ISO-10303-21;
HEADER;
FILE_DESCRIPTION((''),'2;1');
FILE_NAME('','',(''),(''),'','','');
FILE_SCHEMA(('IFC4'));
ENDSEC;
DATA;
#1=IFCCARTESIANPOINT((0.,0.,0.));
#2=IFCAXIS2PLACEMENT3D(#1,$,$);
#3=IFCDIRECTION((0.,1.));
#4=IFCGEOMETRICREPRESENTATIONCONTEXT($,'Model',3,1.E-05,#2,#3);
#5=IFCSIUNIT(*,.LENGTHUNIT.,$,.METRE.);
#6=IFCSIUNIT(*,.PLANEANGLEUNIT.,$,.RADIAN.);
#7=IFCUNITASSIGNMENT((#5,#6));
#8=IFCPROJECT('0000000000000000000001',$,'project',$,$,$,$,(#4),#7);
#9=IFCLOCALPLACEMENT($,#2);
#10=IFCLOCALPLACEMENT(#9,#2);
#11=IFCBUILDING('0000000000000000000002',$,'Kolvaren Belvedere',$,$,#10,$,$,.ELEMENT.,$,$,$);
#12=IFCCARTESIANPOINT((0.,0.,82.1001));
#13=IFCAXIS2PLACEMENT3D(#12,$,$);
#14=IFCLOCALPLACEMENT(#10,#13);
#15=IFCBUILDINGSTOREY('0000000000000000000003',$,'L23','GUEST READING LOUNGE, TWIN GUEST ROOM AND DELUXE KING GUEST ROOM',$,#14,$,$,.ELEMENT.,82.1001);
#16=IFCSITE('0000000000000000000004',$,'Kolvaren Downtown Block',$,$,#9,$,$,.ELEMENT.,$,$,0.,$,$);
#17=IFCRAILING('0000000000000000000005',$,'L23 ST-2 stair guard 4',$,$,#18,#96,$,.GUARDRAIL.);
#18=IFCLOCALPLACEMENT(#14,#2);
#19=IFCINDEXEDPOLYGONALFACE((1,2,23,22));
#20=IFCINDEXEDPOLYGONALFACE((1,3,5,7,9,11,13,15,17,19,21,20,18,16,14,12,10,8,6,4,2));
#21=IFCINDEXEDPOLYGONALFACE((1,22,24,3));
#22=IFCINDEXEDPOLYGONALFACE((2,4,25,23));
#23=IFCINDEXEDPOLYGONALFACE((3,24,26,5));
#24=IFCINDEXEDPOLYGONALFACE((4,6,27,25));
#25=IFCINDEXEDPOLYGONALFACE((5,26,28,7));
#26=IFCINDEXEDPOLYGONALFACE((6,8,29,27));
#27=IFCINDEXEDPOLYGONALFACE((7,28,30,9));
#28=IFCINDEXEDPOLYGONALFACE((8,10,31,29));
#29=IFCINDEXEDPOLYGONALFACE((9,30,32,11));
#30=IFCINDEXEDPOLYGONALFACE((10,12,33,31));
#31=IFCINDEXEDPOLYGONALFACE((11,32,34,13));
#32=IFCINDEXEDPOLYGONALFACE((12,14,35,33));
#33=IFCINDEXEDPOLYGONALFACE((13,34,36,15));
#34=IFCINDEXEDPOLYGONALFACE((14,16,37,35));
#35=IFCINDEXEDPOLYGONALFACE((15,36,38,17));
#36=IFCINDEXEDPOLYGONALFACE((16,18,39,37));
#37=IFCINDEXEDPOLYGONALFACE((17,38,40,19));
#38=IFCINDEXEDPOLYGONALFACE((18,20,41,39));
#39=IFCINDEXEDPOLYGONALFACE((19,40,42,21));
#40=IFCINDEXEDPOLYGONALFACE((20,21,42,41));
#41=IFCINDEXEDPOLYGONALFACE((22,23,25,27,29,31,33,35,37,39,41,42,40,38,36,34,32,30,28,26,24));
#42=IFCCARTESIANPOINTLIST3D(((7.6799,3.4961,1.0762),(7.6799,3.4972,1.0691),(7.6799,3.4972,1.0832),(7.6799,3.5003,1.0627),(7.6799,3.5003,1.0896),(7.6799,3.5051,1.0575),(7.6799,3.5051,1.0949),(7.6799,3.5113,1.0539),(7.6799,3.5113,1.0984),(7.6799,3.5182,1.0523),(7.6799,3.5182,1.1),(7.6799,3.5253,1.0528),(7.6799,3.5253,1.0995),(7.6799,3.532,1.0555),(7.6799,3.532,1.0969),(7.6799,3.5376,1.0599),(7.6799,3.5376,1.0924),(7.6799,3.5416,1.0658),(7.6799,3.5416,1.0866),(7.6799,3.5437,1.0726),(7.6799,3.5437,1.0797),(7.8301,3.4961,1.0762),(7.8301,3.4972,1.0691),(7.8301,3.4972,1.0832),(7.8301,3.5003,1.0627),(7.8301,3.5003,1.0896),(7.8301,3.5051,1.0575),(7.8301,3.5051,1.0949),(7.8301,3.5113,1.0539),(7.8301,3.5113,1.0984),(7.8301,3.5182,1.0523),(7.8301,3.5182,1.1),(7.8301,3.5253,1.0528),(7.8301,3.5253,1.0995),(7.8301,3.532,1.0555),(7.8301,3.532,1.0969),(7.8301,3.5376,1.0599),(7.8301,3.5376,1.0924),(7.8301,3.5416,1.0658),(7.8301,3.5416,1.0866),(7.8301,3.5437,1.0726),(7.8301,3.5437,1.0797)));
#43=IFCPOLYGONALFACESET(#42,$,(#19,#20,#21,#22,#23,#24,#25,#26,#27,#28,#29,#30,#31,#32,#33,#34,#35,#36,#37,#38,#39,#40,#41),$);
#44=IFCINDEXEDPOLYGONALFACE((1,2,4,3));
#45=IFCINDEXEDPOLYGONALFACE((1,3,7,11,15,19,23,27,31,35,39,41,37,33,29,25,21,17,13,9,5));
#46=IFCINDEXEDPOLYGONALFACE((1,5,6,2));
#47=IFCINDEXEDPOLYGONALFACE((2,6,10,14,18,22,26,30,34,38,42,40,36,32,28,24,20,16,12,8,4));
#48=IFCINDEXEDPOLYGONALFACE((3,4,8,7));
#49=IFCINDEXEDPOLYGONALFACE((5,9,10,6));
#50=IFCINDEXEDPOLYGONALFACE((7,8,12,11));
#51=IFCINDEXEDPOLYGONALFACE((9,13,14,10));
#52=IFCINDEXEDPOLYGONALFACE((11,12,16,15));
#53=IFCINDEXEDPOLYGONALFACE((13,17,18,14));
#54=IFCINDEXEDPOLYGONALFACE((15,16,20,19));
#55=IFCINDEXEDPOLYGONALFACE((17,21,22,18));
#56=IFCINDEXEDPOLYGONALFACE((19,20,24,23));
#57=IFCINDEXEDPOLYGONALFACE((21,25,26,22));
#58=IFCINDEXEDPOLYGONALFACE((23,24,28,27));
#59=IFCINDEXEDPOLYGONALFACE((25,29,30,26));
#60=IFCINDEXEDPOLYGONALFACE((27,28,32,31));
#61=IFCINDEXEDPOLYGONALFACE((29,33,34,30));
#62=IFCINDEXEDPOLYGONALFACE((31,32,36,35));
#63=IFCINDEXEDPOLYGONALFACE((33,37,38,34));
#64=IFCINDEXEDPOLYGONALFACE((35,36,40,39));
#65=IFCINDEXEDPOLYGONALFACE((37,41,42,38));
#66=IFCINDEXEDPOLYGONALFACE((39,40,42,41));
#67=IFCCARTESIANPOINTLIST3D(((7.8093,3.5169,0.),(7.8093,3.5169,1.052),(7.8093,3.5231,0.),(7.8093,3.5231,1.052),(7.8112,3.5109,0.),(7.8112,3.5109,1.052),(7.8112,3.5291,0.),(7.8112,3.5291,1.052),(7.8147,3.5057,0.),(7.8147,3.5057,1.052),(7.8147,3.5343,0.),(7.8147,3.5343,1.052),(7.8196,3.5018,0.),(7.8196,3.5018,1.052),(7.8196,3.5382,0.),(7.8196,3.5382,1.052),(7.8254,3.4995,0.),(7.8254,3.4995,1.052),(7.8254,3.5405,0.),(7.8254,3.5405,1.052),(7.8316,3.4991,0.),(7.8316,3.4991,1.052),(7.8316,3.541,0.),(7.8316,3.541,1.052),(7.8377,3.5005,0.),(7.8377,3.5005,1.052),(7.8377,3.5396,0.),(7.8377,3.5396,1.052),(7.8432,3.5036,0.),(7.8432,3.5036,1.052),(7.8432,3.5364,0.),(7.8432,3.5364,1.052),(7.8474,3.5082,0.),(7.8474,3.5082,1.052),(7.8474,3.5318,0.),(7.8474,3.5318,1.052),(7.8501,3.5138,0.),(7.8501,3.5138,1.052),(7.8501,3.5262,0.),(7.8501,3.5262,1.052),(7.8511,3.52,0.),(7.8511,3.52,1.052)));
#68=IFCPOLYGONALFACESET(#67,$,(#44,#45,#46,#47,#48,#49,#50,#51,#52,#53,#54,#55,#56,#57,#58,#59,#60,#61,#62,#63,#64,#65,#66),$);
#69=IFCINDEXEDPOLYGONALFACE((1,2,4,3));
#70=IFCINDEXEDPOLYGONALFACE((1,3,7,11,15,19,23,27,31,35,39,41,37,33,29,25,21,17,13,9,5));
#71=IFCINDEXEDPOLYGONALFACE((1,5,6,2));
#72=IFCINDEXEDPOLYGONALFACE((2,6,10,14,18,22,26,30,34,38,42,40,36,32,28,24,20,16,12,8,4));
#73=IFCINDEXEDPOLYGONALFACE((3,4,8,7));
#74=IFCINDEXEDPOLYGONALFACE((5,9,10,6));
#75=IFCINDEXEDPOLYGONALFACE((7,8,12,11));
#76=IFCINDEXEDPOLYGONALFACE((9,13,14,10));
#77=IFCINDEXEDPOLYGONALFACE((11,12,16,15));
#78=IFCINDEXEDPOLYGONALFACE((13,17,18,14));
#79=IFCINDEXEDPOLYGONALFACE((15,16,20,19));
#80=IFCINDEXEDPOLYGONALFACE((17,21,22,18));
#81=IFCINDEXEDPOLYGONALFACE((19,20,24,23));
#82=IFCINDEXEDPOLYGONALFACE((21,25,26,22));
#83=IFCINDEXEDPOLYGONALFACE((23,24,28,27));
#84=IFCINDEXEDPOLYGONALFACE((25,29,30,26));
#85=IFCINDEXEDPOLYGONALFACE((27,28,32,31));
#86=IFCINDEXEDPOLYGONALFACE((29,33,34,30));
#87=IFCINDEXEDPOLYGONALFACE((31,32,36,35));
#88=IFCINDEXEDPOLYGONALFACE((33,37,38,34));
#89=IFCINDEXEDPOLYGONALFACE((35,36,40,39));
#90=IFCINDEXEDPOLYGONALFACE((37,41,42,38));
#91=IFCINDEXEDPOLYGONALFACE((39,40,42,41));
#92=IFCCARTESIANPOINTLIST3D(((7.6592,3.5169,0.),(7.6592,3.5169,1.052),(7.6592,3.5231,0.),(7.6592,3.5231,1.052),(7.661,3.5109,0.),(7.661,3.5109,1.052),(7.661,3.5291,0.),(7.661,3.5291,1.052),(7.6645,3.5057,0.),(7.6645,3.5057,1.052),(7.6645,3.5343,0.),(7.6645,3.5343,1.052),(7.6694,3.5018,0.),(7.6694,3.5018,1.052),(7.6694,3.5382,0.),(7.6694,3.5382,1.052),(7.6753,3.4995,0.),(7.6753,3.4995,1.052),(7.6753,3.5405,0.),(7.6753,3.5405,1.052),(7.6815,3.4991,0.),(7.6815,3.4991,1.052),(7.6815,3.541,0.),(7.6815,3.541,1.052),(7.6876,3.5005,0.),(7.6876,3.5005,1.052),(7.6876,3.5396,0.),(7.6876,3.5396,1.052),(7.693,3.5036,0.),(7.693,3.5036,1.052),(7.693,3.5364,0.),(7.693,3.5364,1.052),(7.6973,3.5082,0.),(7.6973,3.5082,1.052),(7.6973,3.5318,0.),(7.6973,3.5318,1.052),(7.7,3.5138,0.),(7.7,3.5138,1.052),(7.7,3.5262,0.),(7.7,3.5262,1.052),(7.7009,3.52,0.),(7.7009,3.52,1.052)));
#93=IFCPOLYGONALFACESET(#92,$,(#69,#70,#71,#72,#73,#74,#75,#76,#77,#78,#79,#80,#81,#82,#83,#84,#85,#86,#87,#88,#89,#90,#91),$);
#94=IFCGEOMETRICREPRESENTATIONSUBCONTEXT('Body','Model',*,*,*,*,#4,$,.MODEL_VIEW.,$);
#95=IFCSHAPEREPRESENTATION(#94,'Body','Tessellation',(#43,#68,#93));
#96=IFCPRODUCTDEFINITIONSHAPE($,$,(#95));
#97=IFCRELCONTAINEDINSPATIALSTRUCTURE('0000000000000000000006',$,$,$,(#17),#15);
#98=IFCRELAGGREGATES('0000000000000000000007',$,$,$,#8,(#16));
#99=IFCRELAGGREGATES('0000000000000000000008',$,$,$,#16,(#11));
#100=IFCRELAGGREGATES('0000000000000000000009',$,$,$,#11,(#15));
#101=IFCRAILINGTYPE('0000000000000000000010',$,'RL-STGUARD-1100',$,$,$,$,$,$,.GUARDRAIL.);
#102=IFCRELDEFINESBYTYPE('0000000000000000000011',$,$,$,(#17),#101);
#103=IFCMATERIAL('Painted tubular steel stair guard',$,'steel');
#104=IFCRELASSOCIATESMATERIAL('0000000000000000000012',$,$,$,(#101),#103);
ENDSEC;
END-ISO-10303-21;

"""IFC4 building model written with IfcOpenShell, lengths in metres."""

from ifc_helpers import new_model, si_unit, direction, frame, origin, origin_2d, place, context, subcontext, project, spatial, circle, extrude, material, type_object, element, save


model = new_model("IFC4")

# Units and contexts
model_context = context("Model", 3, precision=1e-05, world=origin(), true_north=direction((0.0, 1.0)))
body_context = subcontext(model_context, "Body", "Model", "MODEL_VIEW")
ifc_project = project(units=[si_unit("LENGTHUNIT", "METRE"), si_unit("PLANEANGLEUNIT", "RADIAN")], contexts=[model_context])

# Site, building, storey
site_placement = place(None, origin())
site = spatial("IfcSite", under=ifc_project, at=site_placement, Name="Kolvaren Downtown Block", CompositionType="ELEMENT", RefElevation=0.0)
building_placement = place(site_placement, origin())
building = spatial("IfcBuilding", under=site, at=building_placement, Name="Kolvaren Belvedere", CompositionType="ELEMENT")
storey_placement = place(building_placement, frame((0.0, 0.0, 82.1001)))
storey = spatial("IfcBuildingStorey", under=building, at=storey_placement, Name="L23", Description="GUEST READING LOUNGE, TWIN GUEST ROOM AND DELUXE KING GUEST ROOM", CompositionType="ELEMENT", Elevation=82.1001)

# Railing
ifc_material_1 = material(Name="Painted tubular steel stair guard", Category="steel")
railing_type_1 = type_object("IfcRailingType", Name="RL-STGUARD-1100", PredefinedType="GUARDRAIL", material=ifc_material_1)
railing_1_placement = place(storey_placement, frame((7.8301, 3.52, 0.0)))
element("IfcRailing", 1, at=railing_1_placement, inside=storey, type_object=railing_type_1, Name="L23 ST-2 stair guard 4", PredefinedType="GUARDRAIL", context=body_context, shape_type="SweptSolid", body=[
    extrude(circle(Radius=0.0239, at=origin_2d()), frame((0.0, 0.0, 1.0762), z_axis=(-1.0, 0.0, 0.0), x_axis=(0.0, -1.0, 0.0)), (0.0, 0.0, 1.0), 0.1501),
    extrude(circle(Radius=0.021, at=origin_2d()), origin(), (0.0, 0.0, 1.0), 1.052),
    extrude(circle(Radius=0.021, at=origin_2d()), frame((-0.1501, 0.0, 0.0)), (0.0, 0.0, 1.0), 1.052),
])

save(model, "model.ifc")
